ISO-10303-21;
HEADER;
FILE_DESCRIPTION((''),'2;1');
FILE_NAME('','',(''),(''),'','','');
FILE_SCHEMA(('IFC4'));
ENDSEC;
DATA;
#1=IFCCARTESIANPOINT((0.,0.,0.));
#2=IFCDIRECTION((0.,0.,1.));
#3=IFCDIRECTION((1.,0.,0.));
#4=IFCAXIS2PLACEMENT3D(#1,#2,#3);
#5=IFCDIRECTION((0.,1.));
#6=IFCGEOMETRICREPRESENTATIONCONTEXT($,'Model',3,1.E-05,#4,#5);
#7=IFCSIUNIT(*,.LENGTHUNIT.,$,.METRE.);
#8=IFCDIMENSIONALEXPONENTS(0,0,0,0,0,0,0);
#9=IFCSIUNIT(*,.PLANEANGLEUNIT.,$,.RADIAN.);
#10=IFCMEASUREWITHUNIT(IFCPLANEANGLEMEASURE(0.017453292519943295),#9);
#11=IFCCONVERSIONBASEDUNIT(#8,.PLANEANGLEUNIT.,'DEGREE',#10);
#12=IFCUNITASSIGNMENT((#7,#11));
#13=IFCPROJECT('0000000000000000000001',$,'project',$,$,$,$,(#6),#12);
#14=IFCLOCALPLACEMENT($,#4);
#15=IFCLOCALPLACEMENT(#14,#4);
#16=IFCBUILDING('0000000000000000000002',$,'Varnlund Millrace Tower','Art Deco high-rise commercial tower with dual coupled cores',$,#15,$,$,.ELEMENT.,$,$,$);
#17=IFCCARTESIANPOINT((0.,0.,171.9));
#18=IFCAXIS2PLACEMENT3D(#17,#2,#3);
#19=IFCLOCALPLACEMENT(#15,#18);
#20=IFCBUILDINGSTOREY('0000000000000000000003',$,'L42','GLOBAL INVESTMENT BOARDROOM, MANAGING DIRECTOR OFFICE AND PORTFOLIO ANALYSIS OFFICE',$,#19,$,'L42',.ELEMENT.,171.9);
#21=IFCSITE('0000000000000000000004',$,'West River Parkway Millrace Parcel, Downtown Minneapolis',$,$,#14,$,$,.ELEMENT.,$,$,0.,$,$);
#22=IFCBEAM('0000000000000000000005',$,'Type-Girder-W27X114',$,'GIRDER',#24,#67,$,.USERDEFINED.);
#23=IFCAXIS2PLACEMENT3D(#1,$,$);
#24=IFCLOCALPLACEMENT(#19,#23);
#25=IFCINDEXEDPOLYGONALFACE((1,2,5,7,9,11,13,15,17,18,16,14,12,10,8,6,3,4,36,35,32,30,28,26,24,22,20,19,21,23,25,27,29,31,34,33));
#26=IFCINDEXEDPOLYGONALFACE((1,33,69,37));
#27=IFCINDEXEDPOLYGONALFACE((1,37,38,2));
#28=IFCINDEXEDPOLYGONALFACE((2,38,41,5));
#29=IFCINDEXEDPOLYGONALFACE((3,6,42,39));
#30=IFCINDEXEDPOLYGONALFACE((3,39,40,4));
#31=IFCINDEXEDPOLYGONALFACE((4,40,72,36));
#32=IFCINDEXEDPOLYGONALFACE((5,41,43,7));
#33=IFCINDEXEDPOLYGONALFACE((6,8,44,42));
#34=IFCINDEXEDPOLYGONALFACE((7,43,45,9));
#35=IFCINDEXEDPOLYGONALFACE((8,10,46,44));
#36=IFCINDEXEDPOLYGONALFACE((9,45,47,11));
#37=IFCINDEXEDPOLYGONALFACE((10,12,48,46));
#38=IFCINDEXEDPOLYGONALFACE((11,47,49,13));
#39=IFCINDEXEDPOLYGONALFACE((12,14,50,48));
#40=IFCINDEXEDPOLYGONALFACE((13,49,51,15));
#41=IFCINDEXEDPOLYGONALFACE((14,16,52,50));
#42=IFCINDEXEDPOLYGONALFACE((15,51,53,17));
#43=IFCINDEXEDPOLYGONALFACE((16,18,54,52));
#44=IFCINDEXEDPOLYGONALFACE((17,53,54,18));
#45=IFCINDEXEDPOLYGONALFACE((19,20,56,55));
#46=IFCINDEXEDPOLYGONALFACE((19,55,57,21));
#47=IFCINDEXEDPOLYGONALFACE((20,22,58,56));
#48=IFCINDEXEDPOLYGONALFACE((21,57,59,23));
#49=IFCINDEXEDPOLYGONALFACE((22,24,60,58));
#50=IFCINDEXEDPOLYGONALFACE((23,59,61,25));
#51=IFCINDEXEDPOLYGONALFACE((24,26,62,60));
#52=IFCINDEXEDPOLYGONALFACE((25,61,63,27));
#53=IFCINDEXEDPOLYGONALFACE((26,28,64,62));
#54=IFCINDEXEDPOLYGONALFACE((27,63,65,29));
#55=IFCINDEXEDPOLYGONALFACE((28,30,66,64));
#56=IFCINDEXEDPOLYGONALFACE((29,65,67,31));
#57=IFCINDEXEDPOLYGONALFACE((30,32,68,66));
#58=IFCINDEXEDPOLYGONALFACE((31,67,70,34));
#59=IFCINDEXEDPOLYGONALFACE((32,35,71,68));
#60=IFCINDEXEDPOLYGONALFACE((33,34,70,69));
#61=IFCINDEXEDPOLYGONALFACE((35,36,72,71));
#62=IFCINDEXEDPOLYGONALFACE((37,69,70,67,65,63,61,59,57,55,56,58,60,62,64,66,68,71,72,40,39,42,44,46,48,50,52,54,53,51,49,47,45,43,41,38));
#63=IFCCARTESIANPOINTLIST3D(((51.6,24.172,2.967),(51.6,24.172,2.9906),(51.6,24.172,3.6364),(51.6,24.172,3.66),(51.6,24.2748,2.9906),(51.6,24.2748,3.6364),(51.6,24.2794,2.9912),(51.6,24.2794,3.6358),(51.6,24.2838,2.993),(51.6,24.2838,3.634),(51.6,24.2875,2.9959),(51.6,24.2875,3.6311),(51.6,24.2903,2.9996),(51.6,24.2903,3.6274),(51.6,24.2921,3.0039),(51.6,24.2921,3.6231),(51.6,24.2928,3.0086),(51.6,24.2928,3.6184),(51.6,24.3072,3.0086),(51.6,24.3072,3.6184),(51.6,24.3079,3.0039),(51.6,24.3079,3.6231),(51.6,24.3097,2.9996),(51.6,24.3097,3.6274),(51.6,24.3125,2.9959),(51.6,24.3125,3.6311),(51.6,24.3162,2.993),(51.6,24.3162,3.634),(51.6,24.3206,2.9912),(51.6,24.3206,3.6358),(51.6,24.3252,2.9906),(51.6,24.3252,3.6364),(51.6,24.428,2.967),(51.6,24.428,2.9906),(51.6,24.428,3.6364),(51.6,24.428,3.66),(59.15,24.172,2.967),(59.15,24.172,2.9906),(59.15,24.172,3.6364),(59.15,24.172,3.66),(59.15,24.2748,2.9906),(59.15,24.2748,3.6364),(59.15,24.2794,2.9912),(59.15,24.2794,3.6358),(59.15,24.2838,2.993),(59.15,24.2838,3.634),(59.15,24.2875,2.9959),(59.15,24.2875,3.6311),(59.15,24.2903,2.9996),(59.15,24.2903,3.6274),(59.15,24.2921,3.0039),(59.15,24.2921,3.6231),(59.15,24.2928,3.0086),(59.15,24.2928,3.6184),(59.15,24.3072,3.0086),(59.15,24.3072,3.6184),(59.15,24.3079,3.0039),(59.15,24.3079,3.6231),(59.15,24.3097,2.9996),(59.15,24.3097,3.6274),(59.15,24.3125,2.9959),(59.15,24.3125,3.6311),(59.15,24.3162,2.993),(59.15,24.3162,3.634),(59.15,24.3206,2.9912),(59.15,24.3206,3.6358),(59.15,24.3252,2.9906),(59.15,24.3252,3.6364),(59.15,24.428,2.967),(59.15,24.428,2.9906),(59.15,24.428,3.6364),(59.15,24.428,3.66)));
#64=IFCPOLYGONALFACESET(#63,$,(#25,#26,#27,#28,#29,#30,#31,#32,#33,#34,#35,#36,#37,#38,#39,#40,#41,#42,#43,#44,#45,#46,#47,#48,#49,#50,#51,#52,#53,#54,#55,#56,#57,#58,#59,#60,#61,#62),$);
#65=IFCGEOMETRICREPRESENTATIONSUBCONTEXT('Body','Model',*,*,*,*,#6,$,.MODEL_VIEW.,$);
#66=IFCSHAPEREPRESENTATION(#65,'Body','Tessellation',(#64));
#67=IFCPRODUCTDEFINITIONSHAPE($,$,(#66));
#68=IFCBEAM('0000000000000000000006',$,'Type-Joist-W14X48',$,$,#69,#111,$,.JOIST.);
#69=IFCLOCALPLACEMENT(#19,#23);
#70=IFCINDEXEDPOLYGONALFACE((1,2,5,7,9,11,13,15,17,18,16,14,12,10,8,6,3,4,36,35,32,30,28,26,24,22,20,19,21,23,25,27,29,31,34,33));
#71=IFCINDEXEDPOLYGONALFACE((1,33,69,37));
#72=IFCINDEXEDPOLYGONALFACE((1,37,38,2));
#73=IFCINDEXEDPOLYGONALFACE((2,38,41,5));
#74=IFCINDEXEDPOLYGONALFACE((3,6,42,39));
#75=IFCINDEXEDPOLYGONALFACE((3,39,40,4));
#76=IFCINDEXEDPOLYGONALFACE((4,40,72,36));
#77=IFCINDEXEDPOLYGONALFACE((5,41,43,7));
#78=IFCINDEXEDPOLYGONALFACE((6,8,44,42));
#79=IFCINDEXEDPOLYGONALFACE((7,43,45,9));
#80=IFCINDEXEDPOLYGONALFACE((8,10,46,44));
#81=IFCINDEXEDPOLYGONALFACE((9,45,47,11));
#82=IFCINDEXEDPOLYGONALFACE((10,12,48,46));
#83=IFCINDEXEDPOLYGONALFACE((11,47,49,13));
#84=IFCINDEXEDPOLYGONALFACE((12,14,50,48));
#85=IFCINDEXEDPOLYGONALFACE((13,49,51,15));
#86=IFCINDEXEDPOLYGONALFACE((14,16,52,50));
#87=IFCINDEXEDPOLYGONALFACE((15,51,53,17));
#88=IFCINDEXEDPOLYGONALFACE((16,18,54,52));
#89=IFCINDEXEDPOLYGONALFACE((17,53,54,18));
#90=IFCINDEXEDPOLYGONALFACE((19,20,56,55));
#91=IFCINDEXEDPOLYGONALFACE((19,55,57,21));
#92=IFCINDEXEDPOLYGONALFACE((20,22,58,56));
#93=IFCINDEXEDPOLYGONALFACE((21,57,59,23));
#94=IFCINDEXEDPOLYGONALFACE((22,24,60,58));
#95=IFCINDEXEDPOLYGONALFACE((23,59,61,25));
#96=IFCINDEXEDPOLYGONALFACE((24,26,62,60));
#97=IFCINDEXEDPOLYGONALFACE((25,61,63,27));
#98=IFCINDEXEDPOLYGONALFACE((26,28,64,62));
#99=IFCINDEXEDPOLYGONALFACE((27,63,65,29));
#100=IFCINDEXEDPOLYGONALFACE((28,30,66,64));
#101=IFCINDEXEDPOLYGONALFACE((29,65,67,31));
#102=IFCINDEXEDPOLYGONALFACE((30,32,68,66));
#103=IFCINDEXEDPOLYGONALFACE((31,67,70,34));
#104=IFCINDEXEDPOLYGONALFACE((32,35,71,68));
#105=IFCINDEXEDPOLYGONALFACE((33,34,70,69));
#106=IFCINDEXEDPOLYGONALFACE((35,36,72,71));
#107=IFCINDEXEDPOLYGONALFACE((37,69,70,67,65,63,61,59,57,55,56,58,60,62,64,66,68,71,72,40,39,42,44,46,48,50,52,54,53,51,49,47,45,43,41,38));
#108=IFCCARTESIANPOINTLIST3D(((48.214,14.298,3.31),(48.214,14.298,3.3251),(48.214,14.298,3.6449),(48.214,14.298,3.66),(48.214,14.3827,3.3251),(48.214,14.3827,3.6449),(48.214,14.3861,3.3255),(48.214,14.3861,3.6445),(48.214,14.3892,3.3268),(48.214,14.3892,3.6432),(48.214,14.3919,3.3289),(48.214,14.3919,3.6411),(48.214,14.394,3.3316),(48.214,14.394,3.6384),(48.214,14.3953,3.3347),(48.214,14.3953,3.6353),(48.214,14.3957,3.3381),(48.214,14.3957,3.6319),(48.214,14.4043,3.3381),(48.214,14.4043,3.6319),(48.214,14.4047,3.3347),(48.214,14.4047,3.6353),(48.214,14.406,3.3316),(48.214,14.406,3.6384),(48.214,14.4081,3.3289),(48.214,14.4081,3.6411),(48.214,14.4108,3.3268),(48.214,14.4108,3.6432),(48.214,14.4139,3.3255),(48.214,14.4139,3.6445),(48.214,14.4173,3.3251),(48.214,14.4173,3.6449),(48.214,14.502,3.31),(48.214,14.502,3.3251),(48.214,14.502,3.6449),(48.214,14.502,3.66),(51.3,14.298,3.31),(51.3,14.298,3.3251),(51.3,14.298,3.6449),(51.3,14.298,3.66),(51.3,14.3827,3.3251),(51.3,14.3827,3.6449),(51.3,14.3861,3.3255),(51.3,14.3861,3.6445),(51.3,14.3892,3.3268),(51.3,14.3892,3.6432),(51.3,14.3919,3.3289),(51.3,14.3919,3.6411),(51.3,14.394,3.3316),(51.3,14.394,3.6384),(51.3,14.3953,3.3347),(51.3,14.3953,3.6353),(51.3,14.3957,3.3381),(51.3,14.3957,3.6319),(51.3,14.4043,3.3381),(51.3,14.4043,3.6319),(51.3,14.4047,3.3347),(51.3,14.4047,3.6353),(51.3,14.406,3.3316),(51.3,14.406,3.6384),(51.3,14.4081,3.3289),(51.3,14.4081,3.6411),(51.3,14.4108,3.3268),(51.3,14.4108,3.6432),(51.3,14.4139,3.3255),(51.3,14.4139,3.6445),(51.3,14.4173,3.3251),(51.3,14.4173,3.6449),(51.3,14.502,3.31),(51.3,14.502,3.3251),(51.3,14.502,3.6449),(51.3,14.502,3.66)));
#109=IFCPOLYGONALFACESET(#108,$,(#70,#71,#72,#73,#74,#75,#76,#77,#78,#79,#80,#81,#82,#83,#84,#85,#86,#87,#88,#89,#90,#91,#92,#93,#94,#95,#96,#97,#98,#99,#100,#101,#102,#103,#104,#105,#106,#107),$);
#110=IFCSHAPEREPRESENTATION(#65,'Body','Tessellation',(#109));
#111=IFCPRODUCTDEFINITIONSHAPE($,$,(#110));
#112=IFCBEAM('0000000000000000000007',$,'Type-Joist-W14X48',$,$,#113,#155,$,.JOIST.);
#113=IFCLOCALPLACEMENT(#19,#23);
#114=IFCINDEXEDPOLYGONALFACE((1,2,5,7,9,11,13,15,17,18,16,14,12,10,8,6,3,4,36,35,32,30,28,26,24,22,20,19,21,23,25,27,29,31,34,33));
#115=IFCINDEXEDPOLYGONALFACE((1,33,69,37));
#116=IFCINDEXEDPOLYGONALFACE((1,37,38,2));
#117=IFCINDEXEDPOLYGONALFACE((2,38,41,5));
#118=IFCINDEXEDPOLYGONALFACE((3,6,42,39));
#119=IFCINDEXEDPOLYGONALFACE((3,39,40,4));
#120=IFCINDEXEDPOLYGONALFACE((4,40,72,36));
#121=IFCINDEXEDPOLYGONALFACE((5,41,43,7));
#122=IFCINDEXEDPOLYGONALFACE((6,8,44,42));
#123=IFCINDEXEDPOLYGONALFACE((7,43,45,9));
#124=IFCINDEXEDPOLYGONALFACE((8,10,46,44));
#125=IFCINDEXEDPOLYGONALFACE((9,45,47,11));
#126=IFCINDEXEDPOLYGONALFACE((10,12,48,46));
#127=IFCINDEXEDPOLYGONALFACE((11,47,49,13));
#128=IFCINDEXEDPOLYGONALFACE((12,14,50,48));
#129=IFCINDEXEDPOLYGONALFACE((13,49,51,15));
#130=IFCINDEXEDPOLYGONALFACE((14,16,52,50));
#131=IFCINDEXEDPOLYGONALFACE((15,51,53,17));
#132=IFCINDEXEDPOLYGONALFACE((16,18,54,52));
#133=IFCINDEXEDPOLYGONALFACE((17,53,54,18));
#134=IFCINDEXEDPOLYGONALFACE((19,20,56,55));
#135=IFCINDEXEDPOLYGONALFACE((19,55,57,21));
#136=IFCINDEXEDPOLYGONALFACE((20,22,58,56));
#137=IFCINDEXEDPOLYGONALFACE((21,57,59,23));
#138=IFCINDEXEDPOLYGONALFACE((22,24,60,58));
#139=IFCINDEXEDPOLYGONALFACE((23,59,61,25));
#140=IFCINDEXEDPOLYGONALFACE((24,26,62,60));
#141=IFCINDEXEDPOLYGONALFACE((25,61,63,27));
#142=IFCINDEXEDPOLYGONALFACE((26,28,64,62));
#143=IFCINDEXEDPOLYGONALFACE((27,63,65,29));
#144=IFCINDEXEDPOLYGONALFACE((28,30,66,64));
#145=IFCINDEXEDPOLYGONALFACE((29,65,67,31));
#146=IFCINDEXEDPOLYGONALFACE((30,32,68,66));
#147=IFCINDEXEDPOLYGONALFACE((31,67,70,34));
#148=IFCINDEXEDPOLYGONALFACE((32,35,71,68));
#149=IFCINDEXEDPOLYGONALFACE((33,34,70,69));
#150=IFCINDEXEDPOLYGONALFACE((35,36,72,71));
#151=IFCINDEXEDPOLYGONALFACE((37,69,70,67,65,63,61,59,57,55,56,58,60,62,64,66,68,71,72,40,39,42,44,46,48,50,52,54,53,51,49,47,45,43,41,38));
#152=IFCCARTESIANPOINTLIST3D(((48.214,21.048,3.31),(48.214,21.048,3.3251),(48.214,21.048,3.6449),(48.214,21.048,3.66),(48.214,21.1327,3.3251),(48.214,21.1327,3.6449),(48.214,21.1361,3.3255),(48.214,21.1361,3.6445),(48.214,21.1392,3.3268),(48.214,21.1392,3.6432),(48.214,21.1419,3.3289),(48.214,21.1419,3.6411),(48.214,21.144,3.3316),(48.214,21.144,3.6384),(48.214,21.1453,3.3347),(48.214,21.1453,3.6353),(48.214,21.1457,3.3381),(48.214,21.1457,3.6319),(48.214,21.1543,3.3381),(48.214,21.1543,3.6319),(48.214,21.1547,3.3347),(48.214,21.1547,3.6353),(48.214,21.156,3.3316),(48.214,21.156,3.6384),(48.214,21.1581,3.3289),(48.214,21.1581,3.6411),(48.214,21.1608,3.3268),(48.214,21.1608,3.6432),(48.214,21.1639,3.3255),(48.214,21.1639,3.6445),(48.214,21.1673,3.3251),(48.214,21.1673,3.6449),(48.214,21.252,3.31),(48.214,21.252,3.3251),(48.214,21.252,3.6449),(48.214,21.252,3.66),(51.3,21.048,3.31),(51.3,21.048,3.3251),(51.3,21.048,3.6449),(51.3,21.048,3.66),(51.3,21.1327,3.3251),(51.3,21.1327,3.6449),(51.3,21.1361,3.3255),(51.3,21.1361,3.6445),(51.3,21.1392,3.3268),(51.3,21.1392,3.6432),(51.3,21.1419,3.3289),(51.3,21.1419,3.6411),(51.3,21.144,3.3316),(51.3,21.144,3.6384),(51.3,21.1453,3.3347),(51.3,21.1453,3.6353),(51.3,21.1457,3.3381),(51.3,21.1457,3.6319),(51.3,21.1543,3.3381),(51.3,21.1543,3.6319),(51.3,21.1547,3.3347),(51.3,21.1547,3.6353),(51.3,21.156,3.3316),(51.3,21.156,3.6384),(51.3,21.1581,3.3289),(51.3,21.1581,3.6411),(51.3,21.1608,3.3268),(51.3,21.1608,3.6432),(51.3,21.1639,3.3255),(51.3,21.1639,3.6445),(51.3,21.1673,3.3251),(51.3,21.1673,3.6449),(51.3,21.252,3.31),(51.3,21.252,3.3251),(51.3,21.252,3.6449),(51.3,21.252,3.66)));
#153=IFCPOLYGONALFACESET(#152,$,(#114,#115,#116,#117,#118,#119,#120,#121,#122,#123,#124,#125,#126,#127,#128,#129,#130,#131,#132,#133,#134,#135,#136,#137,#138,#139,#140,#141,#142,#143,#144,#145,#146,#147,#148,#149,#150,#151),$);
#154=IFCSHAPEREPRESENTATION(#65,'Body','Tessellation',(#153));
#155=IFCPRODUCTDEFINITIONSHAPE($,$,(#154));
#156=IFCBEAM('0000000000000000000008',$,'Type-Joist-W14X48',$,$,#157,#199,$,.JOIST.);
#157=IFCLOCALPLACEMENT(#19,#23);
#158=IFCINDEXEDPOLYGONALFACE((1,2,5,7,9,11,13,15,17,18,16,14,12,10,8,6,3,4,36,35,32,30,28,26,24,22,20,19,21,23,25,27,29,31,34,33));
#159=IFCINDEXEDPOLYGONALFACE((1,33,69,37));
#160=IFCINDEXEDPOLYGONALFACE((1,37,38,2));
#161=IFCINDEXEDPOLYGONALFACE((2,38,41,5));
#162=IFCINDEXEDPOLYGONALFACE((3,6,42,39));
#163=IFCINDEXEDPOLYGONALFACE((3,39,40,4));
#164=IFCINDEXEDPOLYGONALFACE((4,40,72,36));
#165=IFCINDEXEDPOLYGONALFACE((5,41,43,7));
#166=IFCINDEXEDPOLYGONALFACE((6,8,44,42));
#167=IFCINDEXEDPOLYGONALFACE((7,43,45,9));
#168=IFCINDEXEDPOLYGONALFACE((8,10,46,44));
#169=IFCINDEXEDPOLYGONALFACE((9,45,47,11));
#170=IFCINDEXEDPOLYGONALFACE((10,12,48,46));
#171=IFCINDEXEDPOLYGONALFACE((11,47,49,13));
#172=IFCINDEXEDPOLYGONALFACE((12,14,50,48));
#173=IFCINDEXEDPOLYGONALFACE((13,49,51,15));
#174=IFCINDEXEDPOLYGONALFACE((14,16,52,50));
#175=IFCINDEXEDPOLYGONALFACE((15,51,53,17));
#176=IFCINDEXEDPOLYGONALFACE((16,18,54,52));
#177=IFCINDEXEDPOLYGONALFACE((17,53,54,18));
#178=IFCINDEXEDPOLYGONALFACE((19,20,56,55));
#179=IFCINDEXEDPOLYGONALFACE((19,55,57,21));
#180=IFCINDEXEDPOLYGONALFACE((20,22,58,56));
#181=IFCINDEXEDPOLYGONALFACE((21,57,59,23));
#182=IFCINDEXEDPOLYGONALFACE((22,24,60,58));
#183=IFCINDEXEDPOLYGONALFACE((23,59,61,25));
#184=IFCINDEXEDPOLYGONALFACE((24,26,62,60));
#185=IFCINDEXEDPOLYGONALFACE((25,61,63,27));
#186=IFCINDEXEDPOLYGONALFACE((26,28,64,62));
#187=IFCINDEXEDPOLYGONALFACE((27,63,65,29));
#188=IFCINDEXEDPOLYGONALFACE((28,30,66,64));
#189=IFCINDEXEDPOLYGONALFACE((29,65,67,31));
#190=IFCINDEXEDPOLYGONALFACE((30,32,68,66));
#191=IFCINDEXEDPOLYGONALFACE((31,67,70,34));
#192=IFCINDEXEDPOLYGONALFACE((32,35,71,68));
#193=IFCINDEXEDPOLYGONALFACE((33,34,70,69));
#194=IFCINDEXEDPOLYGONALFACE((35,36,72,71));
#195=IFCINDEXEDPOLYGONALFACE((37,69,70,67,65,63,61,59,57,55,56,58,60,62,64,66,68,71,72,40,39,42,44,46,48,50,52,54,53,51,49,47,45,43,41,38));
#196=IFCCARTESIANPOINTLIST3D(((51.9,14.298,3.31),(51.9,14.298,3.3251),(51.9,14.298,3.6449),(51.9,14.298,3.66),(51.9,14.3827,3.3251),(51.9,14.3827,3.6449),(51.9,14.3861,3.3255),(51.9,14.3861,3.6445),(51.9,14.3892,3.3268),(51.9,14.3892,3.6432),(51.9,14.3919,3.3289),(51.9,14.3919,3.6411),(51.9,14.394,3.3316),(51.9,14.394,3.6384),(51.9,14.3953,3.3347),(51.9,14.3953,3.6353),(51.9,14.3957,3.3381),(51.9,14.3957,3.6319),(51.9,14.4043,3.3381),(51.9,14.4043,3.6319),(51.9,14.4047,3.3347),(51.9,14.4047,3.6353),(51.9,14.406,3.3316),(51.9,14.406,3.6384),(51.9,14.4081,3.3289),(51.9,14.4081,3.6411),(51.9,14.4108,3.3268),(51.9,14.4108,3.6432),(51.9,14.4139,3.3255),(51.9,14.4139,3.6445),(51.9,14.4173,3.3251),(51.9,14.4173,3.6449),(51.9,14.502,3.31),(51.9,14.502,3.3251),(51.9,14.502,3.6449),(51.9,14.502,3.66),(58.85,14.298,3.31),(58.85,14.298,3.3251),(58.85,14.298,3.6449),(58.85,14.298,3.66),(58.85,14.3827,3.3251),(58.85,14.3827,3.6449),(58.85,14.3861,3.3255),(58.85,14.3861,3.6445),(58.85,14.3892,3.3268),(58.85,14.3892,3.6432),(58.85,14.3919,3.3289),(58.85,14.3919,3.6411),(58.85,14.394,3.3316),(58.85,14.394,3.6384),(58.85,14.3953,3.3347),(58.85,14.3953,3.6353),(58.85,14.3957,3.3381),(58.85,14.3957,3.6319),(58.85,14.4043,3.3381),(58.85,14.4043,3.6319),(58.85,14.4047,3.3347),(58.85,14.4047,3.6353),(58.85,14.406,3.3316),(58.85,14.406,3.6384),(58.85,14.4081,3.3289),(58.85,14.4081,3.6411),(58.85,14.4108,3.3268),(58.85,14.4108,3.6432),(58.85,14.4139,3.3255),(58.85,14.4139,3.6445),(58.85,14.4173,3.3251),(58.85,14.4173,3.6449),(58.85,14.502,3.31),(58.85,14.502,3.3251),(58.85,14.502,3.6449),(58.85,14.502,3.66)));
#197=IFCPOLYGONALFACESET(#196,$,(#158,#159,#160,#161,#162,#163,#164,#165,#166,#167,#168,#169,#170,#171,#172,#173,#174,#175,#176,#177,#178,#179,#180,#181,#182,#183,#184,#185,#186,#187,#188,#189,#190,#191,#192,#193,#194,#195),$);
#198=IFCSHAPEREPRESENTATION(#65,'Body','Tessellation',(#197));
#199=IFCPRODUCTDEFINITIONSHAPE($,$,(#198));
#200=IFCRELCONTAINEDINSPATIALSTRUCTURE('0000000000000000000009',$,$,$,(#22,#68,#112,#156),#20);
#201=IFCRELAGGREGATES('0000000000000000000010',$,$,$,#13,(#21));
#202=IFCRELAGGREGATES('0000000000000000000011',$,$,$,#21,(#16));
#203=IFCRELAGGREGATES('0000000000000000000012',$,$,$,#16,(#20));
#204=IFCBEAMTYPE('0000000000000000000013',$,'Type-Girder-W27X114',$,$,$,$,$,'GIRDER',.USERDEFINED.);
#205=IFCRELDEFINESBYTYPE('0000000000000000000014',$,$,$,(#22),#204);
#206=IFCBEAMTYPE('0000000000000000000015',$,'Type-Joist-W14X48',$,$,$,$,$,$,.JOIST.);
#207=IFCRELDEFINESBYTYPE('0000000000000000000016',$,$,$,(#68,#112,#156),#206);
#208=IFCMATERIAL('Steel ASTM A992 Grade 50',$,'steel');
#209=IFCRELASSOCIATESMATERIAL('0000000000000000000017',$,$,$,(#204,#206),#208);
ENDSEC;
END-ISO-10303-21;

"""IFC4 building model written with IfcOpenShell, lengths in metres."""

from ifc_helpers import new_model, entity, si_unit, converted_unit, direction, frame, origin_with_axes, origin_2d_with_axis, place, context, subcontext, project, spatial, i_section, extrude, material, material_profile, profile_set, type_object, element, save


model = new_model("IFC4")

# Units and contexts
model_context = context("Model", 3, precision=1e-05, world=origin_with_axes(), true_north=direction((0.0, 1.0)))
body_context = subcontext(model_context, "Body", "Model", "MODEL_VIEW")
ifc_project = project(units=[si_unit("LENGTHUNIT", "METRE"), converted_unit("PLANEANGLEUNIT", "DEGREE", entity("IfcPlaneAngleMeasure", 0.017453292519943295), si_unit("PLANEANGLEUNIT", "RADIAN"), dimensions=[0, 0, 0, 0, 0, 0, 0])], contexts=[model_context])

# Site, building, storey
site_placement = place(None, origin_with_axes())
site = spatial("IfcSite", under=ifc_project, at=site_placement, Name="West River Parkway Millrace Parcel, Downtown Minneapolis", CompositionType="ELEMENT", RefElevation=0.0)
building_placement = place(site_placement, origin_with_axes())
building = spatial("IfcBuilding", under=site, at=building_placement, Name="Varnlund Millrace Tower", Description="Art Deco high-rise commercial tower with dual coupled cores", CompositionType="ELEMENT")
storey_placement = place(building_placement, frame((0.0, 0.0, 171.9), z_axis=(0.0, 0.0, 1.0), x_axis=(1.0, 0.0, 0.0)))
storey = spatial("IfcBuildingStorey", under=building, at=storey_placement, Name="L42", Description="GLOBAL INVESTMENT BOARDROOM, MANAGING DIRECTOR OFFICE AND PORTFOLIO ANALYSIS OFFICE", LongName="L42", CompositionType="ELEMENT", Elevation=171.9)

# Beams
ifc_material_1 = material(Name="Steel ASTM A992 Grade 50", Category="steel")
ifc_material_profile_1 = material_profile(ifc_material_1, i_section(OverallWidth=0.256, OverallDepth=0.693, WebThickness=0.0145, FlangeThickness=0.0236, FilletRadius=0.018, at=origin_2d_with_axis()), Name="Steel ASTM A992 Grade 50")
ifc_profile_set_1 = profile_set([ifc_material_profile_1], Name="Steel ASTM A992 Grade 50")
beam_type_1 = type_object("IfcBeamType", Name="Type-Girder-W27X114", ElementType="GIRDER", PredefinedType="USERDEFINED", material=ifc_profile_set_1)
beam_1_placement = place(storey_placement, frame((51.6, 24.3, 3.3135), z_axis=(1.0, 0.0, 0.0), x_axis=(0.0, 1.0, 0.0)))
element("IfcBeam", 1, at=beam_1_placement, inside=storey, type_object=beam_type_1, Name="Type-Girder-W27X114", ObjectType="GIRDER", PredefinedType="USERDEFINED", context=body_context, shape_type="SweptSolid", body=[
    extrude(i_section(OverallWidth=0.256, OverallDepth=0.693, WebThickness=0.0145, FlangeThickness=0.0236, FilletRadius=0.018, at=origin_2d_with_axis()), origin_with_axes(), (0.0, 0.0, 1.0), 7.55),
])
ifc_material_profile_2 = material_profile(ifc_material_1, i_section(OverallWidth=0.204, OverallDepth=0.35, WebThickness=0.0086, FlangeThickness=0.0151, FilletRadius=0.013, at=origin_2d_with_axis()), Name="Steel ASTM A992 Grade 50")
ifc_profile_set_2 = profile_set([ifc_material_profile_2], Name="Steel ASTM A992 Grade 50")
beam_type_2 = type_object("IfcBeamType", Name="Type-Joist-W14X48", PredefinedType="JOIST", material=ifc_profile_set_2)
for number, where, z_axis, x_axis, name in (
    (2, (48.214, 14.4, 3.485), (1.0, 0.0, 0.0), (0.0, 1.0, 0.0), "Type-Joist-W14X48"),
    (3, (48.214, 21.15, 3.485), (1.0, 0.0, 0.0), (0.0, 1.0, 0.0), "Type-Joist-W14X48"),
):
    element("IfcBeam", number, at=place(storey_placement, frame(where, z_axis=z_axis, x_axis=x_axis)), inside=storey, type_object=beam_type_2, Name=name, PredefinedType="JOIST", context=body_context, shape_type="SweptSolid", body=[
        extrude(i_section(OverallWidth=0.204, OverallDepth=0.35, WebThickness=0.0086, FlangeThickness=0.0151, FilletRadius=0.013, at=origin_2d_with_axis()), origin_with_axes(), (0.0, 0.0, 1.0), 3.086),
    ])
for number, where, z_axis, x_axis, name in (
    (4, (51.9, 14.4, 3.485), (1.0, 0.0, 0.0), (0.0, 1.0, 0.0), "Type-Joist-W14X48"),
):
    element("IfcBeam", number, at=place(storey_placement, frame(where, z_axis=z_axis, x_axis=x_axis)), inside=storey, type_object=beam_type_2, Name=name, PredefinedType="JOIST", context=body_context, shape_type="SweptSolid", body=[
        extrude(i_section(OverallWidth=0.204, OverallDepth=0.35, WebThickness=0.0086, FlangeThickness=0.0151, FilletRadius=0.013, at=origin_2d_with_axis()), origin_with_axes(), (0.0, 0.0, 1.0), 6.95),
    ])

save(model, "model.ifc")
